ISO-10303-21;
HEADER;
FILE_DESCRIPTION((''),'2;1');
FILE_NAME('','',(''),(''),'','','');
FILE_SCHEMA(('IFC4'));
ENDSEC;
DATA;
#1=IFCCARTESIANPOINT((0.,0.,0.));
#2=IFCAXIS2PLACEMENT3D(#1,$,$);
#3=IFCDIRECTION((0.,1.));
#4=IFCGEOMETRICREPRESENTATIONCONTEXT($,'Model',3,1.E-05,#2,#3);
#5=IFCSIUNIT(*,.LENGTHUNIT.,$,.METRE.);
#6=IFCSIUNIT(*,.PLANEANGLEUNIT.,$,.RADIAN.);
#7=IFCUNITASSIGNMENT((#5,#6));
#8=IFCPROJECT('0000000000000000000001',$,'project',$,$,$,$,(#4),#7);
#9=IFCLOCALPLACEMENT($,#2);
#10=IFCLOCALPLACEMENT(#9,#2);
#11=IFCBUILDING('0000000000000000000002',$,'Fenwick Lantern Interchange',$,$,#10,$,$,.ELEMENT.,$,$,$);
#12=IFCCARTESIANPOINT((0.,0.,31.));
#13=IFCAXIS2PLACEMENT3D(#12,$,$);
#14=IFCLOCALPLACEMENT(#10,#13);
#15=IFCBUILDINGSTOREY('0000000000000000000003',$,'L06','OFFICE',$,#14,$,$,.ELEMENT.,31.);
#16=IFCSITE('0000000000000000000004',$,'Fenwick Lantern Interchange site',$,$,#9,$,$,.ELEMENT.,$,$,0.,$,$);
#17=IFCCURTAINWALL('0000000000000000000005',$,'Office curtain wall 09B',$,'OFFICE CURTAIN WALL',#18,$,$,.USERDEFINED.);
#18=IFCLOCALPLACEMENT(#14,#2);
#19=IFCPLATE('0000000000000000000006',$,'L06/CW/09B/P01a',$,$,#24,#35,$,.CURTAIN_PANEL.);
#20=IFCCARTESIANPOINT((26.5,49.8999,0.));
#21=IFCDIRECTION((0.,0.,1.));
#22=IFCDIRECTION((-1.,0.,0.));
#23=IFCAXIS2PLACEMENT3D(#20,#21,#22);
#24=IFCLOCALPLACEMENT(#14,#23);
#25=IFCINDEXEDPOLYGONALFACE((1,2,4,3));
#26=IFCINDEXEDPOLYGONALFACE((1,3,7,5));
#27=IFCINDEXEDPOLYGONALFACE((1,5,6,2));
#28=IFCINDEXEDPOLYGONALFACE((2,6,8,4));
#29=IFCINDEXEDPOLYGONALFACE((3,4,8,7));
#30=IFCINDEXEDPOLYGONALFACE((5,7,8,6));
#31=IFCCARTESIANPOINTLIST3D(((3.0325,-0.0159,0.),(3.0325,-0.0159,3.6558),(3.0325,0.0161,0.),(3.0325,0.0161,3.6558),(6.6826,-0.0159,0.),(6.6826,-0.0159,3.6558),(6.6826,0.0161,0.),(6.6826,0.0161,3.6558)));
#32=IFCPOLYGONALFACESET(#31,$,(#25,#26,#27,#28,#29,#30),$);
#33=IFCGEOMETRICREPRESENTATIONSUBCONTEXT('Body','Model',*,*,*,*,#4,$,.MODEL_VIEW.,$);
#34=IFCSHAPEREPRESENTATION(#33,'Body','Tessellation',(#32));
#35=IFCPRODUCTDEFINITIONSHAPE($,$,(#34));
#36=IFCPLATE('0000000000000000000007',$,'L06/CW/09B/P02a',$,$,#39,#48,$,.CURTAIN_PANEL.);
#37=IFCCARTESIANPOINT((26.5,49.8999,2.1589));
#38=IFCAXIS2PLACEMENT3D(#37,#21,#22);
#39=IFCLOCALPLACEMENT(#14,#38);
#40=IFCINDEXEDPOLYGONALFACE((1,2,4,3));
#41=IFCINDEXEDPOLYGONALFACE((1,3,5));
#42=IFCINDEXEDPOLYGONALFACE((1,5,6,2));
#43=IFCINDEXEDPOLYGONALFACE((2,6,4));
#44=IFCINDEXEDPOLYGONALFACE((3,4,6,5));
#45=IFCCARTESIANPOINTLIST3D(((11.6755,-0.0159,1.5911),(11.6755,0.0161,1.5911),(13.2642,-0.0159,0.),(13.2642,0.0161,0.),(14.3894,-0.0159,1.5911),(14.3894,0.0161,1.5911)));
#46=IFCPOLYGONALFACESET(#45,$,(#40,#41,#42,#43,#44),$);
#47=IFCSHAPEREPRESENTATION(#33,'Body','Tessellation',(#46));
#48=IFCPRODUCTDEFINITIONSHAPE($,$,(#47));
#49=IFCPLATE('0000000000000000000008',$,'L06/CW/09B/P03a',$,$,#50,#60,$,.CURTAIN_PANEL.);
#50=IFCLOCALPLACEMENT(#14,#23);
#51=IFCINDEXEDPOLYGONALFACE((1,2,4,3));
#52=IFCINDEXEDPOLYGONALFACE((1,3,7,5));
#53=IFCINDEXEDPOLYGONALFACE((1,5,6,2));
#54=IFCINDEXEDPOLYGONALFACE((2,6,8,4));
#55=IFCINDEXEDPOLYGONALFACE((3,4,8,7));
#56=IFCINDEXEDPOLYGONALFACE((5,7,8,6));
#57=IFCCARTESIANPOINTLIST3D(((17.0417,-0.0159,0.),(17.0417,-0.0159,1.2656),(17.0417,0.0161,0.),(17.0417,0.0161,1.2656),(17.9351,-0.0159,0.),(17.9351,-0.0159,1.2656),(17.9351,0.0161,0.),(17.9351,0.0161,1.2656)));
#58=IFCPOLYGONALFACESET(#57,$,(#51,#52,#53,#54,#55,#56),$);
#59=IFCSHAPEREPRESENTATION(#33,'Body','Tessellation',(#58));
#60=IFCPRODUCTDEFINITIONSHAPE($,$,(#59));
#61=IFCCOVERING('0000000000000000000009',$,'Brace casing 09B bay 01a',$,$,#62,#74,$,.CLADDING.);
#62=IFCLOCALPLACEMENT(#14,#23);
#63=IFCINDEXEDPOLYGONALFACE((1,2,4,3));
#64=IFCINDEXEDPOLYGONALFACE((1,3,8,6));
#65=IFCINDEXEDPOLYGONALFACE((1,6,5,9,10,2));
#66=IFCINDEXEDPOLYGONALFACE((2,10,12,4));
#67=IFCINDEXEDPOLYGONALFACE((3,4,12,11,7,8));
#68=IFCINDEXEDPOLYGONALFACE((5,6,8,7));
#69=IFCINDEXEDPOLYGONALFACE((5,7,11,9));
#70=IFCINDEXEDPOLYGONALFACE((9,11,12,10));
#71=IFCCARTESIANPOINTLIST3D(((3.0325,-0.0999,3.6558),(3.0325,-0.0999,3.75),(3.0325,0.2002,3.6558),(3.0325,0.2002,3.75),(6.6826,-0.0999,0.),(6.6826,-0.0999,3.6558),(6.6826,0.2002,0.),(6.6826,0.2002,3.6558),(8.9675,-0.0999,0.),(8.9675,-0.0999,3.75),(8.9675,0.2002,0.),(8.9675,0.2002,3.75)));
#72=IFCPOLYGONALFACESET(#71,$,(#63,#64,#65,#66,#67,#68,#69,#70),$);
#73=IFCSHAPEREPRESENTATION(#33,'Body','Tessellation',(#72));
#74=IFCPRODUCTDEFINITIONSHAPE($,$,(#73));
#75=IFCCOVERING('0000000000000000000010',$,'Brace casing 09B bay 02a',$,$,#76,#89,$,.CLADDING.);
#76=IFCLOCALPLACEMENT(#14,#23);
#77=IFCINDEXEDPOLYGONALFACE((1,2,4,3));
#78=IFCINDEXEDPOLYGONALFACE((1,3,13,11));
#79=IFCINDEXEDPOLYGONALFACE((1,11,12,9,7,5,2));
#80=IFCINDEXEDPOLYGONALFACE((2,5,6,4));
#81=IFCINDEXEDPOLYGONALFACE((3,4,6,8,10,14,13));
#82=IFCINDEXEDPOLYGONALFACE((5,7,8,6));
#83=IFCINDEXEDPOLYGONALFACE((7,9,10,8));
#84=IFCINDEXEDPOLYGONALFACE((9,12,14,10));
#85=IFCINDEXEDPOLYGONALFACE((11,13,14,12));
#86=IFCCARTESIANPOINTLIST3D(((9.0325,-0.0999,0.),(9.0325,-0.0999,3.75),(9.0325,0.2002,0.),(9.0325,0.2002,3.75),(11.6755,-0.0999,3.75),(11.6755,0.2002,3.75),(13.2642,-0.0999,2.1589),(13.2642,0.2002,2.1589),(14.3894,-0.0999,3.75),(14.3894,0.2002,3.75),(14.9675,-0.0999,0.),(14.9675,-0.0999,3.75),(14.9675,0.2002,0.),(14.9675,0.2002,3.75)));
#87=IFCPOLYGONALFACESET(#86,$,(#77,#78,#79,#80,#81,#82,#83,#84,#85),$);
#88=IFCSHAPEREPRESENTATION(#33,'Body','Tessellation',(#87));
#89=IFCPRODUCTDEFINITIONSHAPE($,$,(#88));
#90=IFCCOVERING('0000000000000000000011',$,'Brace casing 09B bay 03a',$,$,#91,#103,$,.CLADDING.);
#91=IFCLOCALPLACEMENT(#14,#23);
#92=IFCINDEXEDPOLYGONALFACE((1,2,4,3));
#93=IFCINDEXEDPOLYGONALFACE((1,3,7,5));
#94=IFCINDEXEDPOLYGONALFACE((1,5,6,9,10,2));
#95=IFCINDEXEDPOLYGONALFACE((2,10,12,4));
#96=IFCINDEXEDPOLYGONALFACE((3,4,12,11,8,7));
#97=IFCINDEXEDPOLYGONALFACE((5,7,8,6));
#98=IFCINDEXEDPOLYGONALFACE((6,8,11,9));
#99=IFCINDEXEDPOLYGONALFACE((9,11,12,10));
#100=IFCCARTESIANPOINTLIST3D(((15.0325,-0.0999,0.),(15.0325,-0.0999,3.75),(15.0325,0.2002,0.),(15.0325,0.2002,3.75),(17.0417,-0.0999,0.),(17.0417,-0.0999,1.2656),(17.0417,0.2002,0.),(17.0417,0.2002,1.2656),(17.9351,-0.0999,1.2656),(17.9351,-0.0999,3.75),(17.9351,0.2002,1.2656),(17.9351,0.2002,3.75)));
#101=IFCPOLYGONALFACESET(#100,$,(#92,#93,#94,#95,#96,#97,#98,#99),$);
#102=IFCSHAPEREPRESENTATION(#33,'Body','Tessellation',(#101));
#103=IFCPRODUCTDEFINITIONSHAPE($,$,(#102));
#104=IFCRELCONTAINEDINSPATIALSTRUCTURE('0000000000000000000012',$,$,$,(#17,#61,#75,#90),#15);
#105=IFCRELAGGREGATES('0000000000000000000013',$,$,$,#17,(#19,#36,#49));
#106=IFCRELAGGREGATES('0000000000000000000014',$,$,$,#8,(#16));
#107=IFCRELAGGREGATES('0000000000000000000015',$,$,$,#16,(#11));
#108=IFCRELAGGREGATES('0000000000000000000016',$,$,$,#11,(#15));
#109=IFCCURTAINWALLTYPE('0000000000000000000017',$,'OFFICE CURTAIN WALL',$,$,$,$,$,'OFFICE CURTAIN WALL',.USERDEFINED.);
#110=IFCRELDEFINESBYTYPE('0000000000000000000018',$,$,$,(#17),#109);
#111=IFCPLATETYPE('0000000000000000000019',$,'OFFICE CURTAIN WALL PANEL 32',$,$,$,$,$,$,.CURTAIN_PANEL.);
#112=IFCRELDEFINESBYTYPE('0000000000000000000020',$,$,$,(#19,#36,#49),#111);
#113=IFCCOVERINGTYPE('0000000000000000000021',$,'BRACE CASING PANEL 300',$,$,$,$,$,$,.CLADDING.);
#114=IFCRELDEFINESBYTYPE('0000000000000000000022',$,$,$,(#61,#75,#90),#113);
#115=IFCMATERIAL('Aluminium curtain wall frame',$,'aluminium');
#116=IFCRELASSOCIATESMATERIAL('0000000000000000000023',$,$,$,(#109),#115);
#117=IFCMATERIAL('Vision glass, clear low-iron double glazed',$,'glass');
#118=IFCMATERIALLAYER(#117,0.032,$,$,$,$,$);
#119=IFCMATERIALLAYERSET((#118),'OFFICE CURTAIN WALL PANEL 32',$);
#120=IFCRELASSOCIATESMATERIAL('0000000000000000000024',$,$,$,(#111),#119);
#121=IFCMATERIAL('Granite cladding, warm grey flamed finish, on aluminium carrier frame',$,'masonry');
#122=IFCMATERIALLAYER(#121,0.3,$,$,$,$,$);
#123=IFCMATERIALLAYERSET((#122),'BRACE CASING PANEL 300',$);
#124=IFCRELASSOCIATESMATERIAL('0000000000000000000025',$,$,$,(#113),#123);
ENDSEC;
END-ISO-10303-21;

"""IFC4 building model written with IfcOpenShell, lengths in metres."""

from ifc_helpers import new_model, si_unit, direction, frame, origin, place, context, subcontext, project, spatial, polyline, outline, extrude, material, layer, layer_set, type_object, element, aggregate, save


model = new_model("IFC4")

# Units and contexts
model_context = context("Model", 3, precision=1e-05, world=origin(), true_north=direction((0.0, 1.0)))
body_context = subcontext(model_context, "Body", "Model", "MODEL_VIEW")
ifc_project = project(units=[si_unit("LENGTHUNIT", "METRE"), si_unit("PLANEANGLEUNIT", "RADIAN")], contexts=[model_context])

# Site, building, storey
site_placement = place(None, origin())
site = spatial("IfcSite", under=ifc_project, at=site_placement, Name="Fenwick Lantern Interchange site", CompositionType="ELEMENT", RefElevation=0.0)
building_placement = place(site_placement, origin())
building = spatial("IfcBuilding", under=site, at=building_placement, Name="Fenwick Lantern Interchange", CompositionType="ELEMENT")
storey_placement = place(building_placement, frame((0.0, 0.0, 31.0)))
storey = spatial("IfcBuildingStorey", under=building, at=storey_placement, Name="L06", Description="OFFICE", CompositionType="ELEMENT", Elevation=31.0)

# Shared definitions
ifc_material_1 = material(Name="Aluminium curtain wall frame", Category="aluminium")
curtain_wall_type = type_object("IfcCurtainWallType", Name="OFFICE CURTAIN WALL", ElementType="OFFICE CURTAIN WALL", PredefinedType="USERDEFINED", material=ifc_material_1)

# Curtain wall
curtain_wall_1_placement = place(storey_placement, origin())
curtain_wall_1 = element("IfcCurtainWall", 1, at=curtain_wall_1_placement, inside=storey, type_object=curtain_wall_type, Name="Office curtain wall 09B", ObjectType="OFFICE CURTAIN WALL", PredefinedType="USERDEFINED")

# Plates
ifc_material_2 = material(Name="Vision glass, clear low-iron double glazed", Category="glass")
ifc_layer_1 = layer(ifc_material_2, 0.032)
ifc_layer_set_1 = layer_set([ifc_layer_1], Name="OFFICE CURTAIN WALL PANEL 32")
plate_type = type_object("IfcPlateType", Name="OFFICE CURTAIN WALL PANEL 32", PredefinedType="CURTAIN_PANEL", material=ifc_layer_set_1)
plate_1_placement = place(storey_placement, frame((26.5, 49.8999, 0.0), z_axis=(0.0, 0.0, 1.0), x_axis=(-1.0, 0.0, 0.0)))
plate_1 = element("IfcPlate", 2, at=plate_1_placement, type_object=plate_type, Name="L06/CW/09B/P01a", PredefinedType="CURTAIN_PANEL", context=body_context, shape_type="SweptSolid", body=[
    extrude(outline(polyline([(3.0325, 0.0), (6.6826, 0.0), (6.6826, 3.6558), (3.0325, 3.6558), (3.0325, 0.0)])), frame((0.0, 0.0161, 0.0), z_axis=(0.0, -1.0, 0.0), x_axis=(1.0, 0.0, 0.0)), (0.0, 0.0, 1.0), 0.032),
])
plate_2_placement = place(storey_placement, frame((26.5, 49.8999, 2.1589), z_axis=(0.0, 0.0, 1.0), x_axis=(-1.0, 0.0, 0.0)))
plate_2 = element("IfcPlate", 3, at=plate_2_placement, type_object=plate_type, Name="L06/CW/09B/P02a", PredefinedType="CURTAIN_PANEL", context=body_context, shape_type="SweptSolid", body=[
    extrude(outline(polyline([(13.2642, 0.0), (14.3894, 1.5911), (11.6755, 1.5911), (13.2642, 0.0)])), frame((0.0, 0.0161, 0.0), z_axis=(0.0, -1.0, 0.0), x_axis=(1.0, 0.0, 0.0)), (0.0, 0.0, 1.0), 0.032),
])
plate_3_placement = place(storey_placement, frame((26.5, 49.8999, 0.0), z_axis=(0.0, 0.0, 1.0), x_axis=(-1.0, 0.0, 0.0)))
plate_3 = element("IfcPlate", 4, at=plate_3_placement, type_object=plate_type, Name="L06/CW/09B/P03a", PredefinedType="CURTAIN_PANEL", context=body_context, shape_type="SweptSolid", body=[
    extrude(outline(polyline([(17.0417, 0.0), (17.9351, 0.0), (17.9351, 1.2656), (17.0417, 1.2656), (17.0417, 0.0)])), frame((0.0, 0.0161, 0.0), z_axis=(0.0, -1.0, 0.0), x_axis=(1.0, 0.0, 0.0)), (0.0, 0.0, 1.0), 0.032),
])
aggregate(curtain_wall_1, [plate_1, plate_2, plate_3])

# Coverings
ifc_material_3 = material(Name="Granite cladding, warm grey flamed finish, on aluminium carrier frame", Category="masonry")
ifc_layer_2 = layer(ifc_material_3, 0.3)
ifc_layer_set_2 = layer_set([ifc_layer_2], Name="BRACE CASING PANEL 300")
covering_type = type_object("IfcCoveringType", Name="BRACE CASING PANEL 300", PredefinedType="CLADDING", material=ifc_layer_set_2)
covering_1_placement = place(storey_placement, frame((26.5, 49.8999, 0.0), z_axis=(0.0, 0.0, 1.0), x_axis=(-1.0, 0.0, 0.0)))
element("IfcCovering", 5, at=covering_1_placement, inside=storey, type_object=covering_type, Name="Brace casing 09B bay 01a", PredefinedType="CLADDING", context=body_context, shape_type="SweptSolid", body=[
    extrude(outline(polyline([(6.6826, 0.0), (8.9675, 0.0), (8.9675, 3.75), (3.0325, 3.75), (3.0325, 3.6558), (6.6826, 3.6558), (6.6826, 0.0)])), frame((0.0, 0.2002, 0.0), z_axis=(0.0, -1.0, 0.0), x_axis=(1.0, 0.0, 0.0)), (0.0, 0.0, 1.0), 0.3),
])
covering_2_placement = place(storey_placement, frame((26.5, 49.8999, 0.0), z_axis=(0.0, 0.0, 1.0), x_axis=(-1.0, 0.0, 0.0)))
element("IfcCovering", 6, at=covering_2_placement, inside=storey, type_object=covering_type, Name="Brace casing 09B bay 02a", PredefinedType="CLADDING", context=body_context, shape_type="SweptSolid", body=[
    extrude(outline(polyline([(9.0325, 0.0), (14.9675, 0.0), (14.9675, 3.75), (14.3894, 3.75), (13.2642, 2.1589), (11.6755, 3.75), (9.0325, 3.75), (9.0325, 0.0)])), frame((0.0, 0.2002, 0.0), z_axis=(0.0, -1.0, 0.0), x_axis=(1.0, 0.0, 0.0)), (0.0, 0.0, 1.0), 0.3),
])
covering_3_placement = place(storey_placement, frame((26.5, 49.8999, 0.0), z_axis=(0.0, 0.0, 1.0), x_axis=(-1.0, 0.0, 0.0)))
element("IfcCovering", 7, at=covering_3_placement, inside=storey, type_object=covering_type, Name="Brace casing 09B bay 03a", PredefinedType="CLADDING", context=body_context, shape_type="SweptSolid", body=[
    extrude(outline(polyline([(15.0325, 0.0), (17.0417, 0.0), (17.0417, 1.2656), (17.9351, 1.2656), (17.9351, 3.75), (15.0325, 3.75), (15.0325, 0.0)])), frame((0.0, 0.2002, 0.0), z_axis=(0.0, -1.0, 0.0), x_axis=(1.0, 0.0, 0.0)), (0.0, 0.0, 1.0), 0.3),
])

save(model, "model.ifc")
